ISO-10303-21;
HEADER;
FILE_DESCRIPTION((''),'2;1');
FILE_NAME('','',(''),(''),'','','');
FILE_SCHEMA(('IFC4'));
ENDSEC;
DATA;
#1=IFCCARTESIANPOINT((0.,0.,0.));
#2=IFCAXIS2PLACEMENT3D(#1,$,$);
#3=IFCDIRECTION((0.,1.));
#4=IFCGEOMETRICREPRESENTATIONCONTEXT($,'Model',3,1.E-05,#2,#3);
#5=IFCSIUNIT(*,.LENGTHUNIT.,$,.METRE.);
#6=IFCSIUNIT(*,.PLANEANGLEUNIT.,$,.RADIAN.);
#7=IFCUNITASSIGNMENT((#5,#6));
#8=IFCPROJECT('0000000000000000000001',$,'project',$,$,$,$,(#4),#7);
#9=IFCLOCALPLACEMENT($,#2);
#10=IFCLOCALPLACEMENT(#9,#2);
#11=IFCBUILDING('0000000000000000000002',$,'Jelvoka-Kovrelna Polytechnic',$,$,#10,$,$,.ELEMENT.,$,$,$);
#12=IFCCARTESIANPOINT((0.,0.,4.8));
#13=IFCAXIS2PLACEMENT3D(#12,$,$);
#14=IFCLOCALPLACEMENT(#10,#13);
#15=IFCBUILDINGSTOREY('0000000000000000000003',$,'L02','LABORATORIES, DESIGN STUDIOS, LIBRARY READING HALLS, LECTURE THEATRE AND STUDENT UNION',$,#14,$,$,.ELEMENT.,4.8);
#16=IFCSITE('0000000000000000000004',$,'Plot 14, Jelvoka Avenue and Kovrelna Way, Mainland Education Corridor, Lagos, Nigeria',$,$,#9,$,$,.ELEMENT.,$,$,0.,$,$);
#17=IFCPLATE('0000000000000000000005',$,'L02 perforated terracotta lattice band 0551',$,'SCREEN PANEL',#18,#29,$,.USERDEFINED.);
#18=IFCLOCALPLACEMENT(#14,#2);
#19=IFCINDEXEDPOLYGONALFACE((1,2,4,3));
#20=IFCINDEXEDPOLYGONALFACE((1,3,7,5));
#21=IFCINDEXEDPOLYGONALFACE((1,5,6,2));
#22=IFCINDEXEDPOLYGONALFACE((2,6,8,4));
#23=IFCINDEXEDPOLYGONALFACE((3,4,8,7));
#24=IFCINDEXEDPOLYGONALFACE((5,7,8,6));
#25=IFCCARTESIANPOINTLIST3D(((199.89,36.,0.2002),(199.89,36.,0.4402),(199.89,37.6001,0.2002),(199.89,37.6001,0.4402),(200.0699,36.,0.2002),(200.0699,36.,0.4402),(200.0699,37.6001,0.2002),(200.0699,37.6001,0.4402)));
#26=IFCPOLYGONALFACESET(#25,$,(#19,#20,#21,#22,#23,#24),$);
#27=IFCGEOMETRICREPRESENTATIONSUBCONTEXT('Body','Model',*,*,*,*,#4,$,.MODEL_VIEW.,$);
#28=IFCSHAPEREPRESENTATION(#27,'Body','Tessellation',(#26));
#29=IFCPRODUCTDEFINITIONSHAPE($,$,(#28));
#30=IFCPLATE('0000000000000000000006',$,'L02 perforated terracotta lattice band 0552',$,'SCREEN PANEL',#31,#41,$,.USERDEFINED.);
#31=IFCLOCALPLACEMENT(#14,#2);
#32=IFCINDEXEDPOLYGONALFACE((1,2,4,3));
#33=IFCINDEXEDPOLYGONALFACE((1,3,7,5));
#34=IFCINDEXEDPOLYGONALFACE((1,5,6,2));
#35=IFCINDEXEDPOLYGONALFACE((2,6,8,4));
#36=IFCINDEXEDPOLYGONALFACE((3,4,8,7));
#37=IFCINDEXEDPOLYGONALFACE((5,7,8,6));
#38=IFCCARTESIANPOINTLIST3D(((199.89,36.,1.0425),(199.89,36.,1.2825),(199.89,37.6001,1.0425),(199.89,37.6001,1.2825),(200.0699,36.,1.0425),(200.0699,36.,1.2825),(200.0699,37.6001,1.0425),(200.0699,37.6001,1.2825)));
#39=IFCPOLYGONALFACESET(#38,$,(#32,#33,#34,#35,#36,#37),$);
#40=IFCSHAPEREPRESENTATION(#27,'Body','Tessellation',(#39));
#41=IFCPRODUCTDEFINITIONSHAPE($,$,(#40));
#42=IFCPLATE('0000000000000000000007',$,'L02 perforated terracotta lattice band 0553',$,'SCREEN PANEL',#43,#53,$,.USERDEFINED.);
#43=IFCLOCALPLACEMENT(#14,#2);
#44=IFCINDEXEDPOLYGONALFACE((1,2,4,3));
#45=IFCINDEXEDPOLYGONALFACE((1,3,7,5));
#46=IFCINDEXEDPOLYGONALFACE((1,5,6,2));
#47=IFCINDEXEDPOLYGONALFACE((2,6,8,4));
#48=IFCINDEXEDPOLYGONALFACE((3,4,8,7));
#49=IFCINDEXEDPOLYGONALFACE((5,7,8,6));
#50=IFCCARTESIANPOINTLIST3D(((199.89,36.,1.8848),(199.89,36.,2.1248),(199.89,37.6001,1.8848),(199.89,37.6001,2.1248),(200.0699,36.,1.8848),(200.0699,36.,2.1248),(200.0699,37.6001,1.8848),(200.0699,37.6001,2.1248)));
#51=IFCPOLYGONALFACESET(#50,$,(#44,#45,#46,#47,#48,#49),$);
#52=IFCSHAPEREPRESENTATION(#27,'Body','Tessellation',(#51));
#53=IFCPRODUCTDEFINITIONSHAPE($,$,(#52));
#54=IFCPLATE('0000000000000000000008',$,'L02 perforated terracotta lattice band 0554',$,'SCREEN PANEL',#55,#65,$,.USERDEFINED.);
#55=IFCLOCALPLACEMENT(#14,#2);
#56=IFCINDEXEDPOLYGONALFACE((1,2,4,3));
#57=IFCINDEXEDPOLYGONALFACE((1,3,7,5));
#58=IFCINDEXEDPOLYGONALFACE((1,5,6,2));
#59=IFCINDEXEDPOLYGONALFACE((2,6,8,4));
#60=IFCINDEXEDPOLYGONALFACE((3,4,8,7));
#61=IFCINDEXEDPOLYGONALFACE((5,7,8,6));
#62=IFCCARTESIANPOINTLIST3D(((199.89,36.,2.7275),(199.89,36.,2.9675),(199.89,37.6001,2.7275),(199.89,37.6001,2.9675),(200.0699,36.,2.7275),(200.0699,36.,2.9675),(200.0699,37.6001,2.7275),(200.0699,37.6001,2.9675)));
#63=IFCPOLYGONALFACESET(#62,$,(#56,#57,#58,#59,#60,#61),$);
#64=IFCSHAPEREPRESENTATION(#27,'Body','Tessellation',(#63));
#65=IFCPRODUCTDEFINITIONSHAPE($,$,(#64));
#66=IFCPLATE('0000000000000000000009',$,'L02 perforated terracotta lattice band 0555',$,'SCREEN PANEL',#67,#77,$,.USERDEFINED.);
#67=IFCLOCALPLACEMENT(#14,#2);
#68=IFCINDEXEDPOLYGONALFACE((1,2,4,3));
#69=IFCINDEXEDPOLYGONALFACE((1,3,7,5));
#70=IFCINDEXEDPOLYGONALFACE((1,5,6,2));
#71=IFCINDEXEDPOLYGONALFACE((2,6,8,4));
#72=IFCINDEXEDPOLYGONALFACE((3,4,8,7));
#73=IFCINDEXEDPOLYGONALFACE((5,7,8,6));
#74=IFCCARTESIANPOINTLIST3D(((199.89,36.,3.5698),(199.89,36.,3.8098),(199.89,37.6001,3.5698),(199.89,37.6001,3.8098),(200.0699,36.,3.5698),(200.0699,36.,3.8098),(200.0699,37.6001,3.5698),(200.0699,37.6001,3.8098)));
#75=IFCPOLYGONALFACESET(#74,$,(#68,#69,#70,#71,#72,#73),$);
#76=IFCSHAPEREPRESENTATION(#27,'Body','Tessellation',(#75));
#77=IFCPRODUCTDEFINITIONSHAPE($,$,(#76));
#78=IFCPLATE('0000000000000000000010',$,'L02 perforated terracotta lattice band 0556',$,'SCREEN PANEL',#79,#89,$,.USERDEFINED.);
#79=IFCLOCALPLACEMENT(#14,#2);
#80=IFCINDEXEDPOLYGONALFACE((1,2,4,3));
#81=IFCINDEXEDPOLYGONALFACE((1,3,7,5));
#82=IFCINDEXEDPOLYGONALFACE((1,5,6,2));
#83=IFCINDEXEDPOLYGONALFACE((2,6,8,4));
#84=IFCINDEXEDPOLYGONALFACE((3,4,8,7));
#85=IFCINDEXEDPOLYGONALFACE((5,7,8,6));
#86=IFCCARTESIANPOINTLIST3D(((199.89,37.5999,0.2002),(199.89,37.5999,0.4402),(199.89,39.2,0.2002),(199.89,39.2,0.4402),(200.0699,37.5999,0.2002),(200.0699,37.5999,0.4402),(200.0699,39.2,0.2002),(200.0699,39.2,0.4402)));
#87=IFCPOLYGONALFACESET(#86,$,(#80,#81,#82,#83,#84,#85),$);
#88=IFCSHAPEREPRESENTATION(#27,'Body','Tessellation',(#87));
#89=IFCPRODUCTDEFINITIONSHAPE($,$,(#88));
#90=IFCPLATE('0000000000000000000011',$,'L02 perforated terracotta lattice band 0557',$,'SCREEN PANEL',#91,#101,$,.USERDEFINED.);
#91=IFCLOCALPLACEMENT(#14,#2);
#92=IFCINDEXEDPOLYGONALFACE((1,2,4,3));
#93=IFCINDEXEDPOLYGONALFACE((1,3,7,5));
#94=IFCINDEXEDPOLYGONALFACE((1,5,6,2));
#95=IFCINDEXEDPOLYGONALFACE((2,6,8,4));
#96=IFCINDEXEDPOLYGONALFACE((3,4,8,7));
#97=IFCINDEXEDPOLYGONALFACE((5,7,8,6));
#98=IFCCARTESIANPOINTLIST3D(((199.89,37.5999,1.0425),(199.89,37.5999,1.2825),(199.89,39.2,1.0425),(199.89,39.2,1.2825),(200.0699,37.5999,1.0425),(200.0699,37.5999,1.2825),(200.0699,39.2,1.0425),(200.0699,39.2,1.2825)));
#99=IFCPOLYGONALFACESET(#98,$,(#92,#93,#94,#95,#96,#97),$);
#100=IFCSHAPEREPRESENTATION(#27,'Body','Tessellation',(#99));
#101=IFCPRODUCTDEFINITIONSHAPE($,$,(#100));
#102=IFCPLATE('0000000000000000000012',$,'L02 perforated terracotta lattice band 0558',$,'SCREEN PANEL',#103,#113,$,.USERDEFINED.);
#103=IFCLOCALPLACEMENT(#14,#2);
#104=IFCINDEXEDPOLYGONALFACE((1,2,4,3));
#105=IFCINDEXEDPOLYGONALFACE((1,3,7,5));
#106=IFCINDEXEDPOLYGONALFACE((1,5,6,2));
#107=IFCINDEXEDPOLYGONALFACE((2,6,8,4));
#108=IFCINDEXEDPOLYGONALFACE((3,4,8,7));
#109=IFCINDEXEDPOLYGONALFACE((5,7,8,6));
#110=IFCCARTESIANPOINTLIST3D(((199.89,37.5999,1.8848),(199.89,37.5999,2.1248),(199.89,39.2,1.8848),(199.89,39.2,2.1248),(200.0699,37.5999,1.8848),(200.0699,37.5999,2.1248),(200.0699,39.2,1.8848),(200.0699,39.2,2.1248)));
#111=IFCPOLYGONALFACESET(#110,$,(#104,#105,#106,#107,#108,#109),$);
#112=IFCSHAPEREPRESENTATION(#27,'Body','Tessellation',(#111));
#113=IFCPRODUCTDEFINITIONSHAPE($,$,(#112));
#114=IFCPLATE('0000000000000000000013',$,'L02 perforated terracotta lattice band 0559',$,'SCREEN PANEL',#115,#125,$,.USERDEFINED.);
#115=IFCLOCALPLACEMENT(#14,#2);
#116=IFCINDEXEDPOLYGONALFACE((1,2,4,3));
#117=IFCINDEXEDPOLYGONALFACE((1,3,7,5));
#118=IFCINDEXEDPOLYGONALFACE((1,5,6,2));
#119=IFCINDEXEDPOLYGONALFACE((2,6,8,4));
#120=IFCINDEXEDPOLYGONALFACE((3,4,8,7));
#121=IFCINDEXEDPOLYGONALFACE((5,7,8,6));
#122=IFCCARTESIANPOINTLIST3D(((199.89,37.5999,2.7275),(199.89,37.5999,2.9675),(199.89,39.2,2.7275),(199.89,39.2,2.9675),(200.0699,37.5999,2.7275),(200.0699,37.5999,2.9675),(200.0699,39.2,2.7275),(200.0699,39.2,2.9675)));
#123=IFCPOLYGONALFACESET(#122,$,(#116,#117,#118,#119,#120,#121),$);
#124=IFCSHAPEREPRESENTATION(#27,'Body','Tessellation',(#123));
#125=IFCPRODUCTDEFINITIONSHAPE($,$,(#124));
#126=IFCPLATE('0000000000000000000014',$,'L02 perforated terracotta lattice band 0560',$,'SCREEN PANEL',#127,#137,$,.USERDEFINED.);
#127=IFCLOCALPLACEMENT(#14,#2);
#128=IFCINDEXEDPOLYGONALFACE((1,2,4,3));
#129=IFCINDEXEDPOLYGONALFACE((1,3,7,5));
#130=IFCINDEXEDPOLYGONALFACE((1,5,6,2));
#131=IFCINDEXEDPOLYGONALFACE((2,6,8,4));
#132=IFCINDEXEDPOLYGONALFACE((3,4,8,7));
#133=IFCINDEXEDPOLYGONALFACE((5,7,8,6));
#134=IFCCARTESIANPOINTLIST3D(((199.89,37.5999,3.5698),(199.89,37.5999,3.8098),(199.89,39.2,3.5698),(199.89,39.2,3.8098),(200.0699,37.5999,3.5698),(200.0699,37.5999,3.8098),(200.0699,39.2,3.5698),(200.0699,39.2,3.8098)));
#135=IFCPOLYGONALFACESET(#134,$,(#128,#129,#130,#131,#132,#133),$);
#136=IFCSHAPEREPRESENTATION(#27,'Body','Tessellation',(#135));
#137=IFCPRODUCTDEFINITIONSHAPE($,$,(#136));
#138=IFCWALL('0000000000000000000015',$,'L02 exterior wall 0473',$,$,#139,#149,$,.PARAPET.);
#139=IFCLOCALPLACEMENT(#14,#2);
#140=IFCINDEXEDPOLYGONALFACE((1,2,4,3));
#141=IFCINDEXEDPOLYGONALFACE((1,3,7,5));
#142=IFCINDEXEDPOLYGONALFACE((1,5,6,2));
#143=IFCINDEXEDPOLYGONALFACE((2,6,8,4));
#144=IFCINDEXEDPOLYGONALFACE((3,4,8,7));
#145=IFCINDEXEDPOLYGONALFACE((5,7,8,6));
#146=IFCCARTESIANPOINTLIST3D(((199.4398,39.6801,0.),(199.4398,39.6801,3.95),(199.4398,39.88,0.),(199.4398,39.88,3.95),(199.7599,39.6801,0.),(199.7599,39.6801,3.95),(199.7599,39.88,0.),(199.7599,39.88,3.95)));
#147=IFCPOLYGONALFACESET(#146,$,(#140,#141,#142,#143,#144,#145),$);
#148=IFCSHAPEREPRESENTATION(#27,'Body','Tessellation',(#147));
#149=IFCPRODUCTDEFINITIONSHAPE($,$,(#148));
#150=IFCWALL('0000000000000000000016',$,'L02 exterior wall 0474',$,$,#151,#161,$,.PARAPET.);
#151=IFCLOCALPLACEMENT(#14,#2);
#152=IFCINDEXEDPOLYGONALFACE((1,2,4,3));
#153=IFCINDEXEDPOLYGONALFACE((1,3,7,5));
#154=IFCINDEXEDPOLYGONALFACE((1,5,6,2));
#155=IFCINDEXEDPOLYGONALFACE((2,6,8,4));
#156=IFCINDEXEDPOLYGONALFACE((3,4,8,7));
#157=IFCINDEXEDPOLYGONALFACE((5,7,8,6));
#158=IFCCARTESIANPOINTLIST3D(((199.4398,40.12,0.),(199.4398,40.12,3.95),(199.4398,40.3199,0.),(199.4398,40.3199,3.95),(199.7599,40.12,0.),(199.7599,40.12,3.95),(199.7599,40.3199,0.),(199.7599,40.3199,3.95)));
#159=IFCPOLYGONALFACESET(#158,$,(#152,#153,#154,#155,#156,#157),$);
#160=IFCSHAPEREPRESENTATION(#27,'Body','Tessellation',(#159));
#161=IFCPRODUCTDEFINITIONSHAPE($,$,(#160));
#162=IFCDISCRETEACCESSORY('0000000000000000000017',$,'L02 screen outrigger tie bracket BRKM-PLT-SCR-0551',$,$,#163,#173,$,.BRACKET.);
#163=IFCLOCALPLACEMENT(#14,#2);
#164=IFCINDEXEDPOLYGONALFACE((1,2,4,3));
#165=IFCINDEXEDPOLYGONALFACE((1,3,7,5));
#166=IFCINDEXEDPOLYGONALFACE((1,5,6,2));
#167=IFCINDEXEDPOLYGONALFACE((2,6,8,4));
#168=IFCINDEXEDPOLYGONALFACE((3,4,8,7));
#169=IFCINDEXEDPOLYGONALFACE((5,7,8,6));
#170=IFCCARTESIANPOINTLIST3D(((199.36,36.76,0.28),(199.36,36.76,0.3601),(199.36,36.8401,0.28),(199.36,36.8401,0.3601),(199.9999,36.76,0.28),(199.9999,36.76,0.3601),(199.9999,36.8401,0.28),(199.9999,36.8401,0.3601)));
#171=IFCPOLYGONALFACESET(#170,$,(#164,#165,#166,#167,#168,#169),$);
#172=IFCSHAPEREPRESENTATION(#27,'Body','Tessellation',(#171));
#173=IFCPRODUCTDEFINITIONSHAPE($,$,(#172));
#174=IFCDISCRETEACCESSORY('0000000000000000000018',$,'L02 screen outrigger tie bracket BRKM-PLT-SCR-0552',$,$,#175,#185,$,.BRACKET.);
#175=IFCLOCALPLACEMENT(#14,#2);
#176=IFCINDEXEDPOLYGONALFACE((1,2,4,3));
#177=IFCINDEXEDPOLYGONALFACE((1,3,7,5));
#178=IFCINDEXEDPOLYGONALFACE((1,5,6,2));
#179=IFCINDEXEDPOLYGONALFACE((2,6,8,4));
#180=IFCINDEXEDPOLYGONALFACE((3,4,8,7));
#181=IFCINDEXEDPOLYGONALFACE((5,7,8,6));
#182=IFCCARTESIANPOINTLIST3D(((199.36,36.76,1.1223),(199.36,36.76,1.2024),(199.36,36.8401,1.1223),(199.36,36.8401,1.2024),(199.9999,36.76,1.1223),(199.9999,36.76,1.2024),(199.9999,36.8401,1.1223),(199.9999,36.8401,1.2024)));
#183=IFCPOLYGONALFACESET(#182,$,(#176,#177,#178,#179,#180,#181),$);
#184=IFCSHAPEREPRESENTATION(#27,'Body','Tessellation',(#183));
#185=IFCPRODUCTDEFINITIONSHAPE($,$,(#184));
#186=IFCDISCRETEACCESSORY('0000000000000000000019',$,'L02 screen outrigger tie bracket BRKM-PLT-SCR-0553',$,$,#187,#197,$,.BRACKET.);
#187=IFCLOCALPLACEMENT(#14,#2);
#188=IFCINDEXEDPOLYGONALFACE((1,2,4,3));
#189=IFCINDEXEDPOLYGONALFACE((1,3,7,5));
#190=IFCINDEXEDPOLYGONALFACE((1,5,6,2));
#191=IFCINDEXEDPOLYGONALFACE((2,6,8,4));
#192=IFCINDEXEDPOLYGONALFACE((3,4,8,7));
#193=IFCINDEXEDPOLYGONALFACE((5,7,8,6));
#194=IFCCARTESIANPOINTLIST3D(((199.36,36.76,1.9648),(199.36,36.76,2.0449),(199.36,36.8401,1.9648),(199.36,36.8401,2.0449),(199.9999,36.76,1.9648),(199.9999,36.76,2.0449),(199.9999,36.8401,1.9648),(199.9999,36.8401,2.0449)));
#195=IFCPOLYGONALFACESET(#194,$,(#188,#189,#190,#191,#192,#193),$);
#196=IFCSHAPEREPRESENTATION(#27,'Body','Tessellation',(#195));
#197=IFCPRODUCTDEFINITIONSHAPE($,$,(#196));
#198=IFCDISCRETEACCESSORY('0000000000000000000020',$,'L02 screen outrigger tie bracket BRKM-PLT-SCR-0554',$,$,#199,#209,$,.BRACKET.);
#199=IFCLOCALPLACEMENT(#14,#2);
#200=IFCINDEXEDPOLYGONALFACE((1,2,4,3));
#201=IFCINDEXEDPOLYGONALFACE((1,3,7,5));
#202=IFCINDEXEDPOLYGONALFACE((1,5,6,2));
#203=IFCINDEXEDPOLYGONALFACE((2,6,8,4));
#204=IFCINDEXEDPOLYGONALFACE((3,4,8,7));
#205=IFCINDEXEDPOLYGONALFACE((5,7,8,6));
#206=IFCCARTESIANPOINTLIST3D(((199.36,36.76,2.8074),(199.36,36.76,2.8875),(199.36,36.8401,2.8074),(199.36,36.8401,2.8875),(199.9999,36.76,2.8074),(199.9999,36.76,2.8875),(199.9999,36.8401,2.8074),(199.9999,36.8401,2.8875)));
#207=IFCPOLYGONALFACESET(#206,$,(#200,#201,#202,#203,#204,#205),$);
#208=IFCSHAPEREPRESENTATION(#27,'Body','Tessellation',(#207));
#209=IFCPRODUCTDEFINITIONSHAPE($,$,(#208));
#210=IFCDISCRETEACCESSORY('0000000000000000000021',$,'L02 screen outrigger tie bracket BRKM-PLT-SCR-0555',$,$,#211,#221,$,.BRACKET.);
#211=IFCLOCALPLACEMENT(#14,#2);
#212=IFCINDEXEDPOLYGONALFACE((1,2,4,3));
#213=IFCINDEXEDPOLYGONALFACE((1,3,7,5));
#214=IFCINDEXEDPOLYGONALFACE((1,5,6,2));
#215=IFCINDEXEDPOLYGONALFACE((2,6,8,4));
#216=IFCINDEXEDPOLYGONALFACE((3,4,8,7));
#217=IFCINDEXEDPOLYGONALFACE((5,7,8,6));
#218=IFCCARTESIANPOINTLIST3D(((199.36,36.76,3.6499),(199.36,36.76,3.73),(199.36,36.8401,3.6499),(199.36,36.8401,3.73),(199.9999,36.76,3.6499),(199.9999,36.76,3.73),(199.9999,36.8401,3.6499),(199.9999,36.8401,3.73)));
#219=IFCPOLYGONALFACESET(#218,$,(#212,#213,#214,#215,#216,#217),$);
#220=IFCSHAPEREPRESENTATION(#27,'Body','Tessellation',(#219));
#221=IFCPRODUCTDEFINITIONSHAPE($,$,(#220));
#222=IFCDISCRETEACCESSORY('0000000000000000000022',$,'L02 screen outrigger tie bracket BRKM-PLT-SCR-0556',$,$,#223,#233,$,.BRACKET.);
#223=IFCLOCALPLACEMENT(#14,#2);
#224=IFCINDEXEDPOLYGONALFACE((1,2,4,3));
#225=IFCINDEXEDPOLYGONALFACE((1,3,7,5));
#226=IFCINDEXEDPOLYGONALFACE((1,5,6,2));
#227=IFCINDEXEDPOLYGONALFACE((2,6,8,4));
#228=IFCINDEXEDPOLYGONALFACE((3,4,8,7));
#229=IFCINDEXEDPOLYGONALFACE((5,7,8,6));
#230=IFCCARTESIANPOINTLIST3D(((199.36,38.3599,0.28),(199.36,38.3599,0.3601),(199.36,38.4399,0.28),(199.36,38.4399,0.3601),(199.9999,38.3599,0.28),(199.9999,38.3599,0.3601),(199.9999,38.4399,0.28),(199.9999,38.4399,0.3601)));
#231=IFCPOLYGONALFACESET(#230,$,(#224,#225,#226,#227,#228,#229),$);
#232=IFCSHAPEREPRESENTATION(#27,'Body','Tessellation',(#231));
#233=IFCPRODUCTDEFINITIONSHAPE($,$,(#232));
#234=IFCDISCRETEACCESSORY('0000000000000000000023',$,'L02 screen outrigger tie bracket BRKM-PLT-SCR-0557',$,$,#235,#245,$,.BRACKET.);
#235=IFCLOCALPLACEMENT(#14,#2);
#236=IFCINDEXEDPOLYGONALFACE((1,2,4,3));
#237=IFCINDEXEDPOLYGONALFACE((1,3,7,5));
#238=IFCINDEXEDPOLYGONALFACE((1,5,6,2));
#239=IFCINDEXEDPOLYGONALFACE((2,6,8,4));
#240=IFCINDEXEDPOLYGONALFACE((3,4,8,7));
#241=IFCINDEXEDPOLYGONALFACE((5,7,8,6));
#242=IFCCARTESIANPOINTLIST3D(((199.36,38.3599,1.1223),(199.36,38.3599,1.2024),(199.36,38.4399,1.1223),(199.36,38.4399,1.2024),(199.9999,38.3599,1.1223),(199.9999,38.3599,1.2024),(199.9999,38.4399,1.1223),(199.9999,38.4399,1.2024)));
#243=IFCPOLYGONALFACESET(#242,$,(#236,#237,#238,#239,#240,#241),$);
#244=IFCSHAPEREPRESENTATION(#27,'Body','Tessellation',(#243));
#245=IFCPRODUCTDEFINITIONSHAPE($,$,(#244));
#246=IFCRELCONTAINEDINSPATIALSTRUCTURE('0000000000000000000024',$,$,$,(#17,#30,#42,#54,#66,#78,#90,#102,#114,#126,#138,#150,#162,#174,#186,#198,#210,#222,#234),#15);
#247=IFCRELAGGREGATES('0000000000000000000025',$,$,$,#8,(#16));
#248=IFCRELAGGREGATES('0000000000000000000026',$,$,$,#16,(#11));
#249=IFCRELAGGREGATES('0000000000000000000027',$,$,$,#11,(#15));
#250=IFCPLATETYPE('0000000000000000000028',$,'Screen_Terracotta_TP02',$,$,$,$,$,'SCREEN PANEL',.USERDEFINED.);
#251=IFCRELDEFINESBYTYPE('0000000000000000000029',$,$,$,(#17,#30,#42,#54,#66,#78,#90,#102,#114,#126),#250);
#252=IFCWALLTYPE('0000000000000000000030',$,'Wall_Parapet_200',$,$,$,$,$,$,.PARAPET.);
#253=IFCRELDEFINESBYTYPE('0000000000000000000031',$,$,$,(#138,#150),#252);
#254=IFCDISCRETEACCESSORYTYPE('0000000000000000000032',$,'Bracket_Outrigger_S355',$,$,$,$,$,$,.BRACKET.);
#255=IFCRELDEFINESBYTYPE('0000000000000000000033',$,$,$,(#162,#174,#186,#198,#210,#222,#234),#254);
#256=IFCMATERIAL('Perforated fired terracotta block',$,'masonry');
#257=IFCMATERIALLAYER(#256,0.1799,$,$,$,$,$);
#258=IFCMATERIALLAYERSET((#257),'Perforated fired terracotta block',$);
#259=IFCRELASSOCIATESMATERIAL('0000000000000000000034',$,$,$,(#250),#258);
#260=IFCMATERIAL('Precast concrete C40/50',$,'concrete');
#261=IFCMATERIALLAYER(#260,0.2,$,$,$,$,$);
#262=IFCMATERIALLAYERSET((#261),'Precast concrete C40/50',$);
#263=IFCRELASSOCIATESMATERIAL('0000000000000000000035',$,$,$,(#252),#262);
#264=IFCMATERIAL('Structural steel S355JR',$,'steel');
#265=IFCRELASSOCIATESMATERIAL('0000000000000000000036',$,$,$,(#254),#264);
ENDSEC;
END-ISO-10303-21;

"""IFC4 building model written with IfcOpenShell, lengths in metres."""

from ifc_helpers import new_model, si_unit, direction, frame, frame_2d, origin, origin_2d, place, context, subcontext, project, spatial, rectangle, extrude, material, layer, layer_set, type_object, element, save


model = new_model("IFC4")

# Units and contexts
model_context = context("Model", 3, precision=1e-05, world=origin(), true_north=direction((0.0, 1.0)))
body_context = subcontext(model_context, "Body", "Model", "MODEL_VIEW")
ifc_project = project(units=[si_unit("LENGTHUNIT", "METRE"), si_unit("PLANEANGLEUNIT", "RADIAN")], contexts=[model_context])

# Site, building, storey
site_placement = place(None, origin())
site = spatial("IfcSite", under=ifc_project, at=site_placement, Name="Plot 14, Jelvoka Avenue and Kovrelna Way, Mainland Education Corridor, Lagos, Nigeria", CompositionType="ELEMENT", RefElevation=0.0)
building_placement = place(site_placement, origin())
building = spatial("IfcBuilding", under=site, at=building_placement, Name="Jelvoka-Kovrelna Polytechnic", CompositionType="ELEMENT")
storey_placement = place(building_placement, frame((0.0, 0.0, 4.8)))
storey = spatial("IfcBuildingStorey", under=building, at=storey_placement, Name="L02", Description="LABORATORIES, DESIGN STUDIOS, LIBRARY READING HALLS, LECTURE THEATRE AND STUDENT UNION", CompositionType="ELEMENT", Elevation=4.8)

# Plates
ifc_material_1 = material(Name="Perforated fired terracotta block", Category="masonry")
ifc_layer_1 = layer(ifc_material_1, 0.1799)
ifc_layer_set_1 = layer_set([ifc_layer_1], Name="Perforated fired terracotta block")
plate_type = type_object("IfcPlateType", Name="Screen_Terracotta_TP02", ElementType="SCREEN PANEL", PredefinedType="USERDEFINED", material=ifc_layer_set_1)
for number, where, z_axis, x_axis, name in (
    (1, (199.98, 36.8, 0.2002), (0.0, 0.0, 1.0), (0.0, 1.0, 0.0), "L02 perforated terracotta lattice band 0551"),
    (2, (199.98, 36.8, 1.0425), (0.0, 0.0, 1.0), (0.0, 1.0, 0.0), "L02 perforated terracotta lattice band 0552"),
    (3, (199.98, 36.8, 1.8848), (0.0, 0.0, 1.0), (0.0, 1.0, 0.0), "L02 perforated terracotta lattice band 0553"),
    (4, (199.98, 36.8, 2.7275), (0.0, 0.0, 1.0), (0.0, 1.0, 0.0), "L02 perforated terracotta lattice band 0554"),
    (5, (199.98, 36.8, 3.5698), (0.0, 0.0, 1.0), (0.0, 1.0, 0.0), "L02 perforated terracotta lattice band 0555"),
    (6, (199.98, 38.3999, 0.2002), (0.0, 0.0, 1.0), (0.0, 1.0, 0.0), "L02 perforated terracotta lattice band 0556"),
    (7, (199.98, 38.3999, 1.0425), (0.0, 0.0, 1.0), (0.0, 1.0, 0.0), "L02 perforated terracotta lattice band 0557"),
    (8, (199.98, 38.3999, 1.8848), (0.0, 0.0, 1.0), (0.0, 1.0, 0.0), "L02 perforated terracotta lattice band 0558"),
    (9, (199.98, 38.3999, 2.7275), (0.0, 0.0, 1.0), (0.0, 1.0, 0.0), "L02 perforated terracotta lattice band 0559"),
    (10, (199.98, 38.3999, 3.5698), (0.0, 0.0, 1.0), (0.0, 1.0, 0.0), "L02 perforated terracotta lattice band 0560"),
):
    element("IfcPlate", number, at=place(storey_placement, frame(where, z_axis=z_axis, x_axis=x_axis)), inside=storey, type_object=plate_type, Name=name, ObjectType="SCREEN PANEL", PredefinedType="USERDEFINED", context=body_context, shape_type="SweptSolid", body=[
        extrude(rectangle(XDim=1.6001, YDim=0.1799, at=origin_2d()), origin(), (0.0, 0.0, 1.0), 0.24),
    ])

# Walls
ifc_material_2 = material(Name="Precast concrete C40/50", Category="concrete")
ifc_layer_2 = layer(ifc_material_2, 0.2)
ifc_layer_set_2 = layer_set([ifc_layer_2], Name="Precast concrete C40/50")
wall_type = type_object("IfcWallType", Name="Wall_Parapet_200", PredefinedType="PARAPET", material=ifc_layer_set_2)
for number, where, z_axis, x_axis, name in (
    (11, (199.76, 39.78, 0.0), (0.0, 0.0, 1.0), (-1.0, 0.0, 0.0), "L02 exterior wall 0473"),
    (12, (199.76, 40.22, 0.0), (0.0, 0.0, 1.0), (-1.0, 0.0, 0.0), "L02 exterior wall 0474"),
):
    element("IfcWall", number, at=place(storey_placement, frame(where, z_axis=z_axis, x_axis=x_axis)), inside=storey, type_object=wall_type, Name=name, PredefinedType="PARAPET", context=body_context, shape_type="SweptSolid", body=[
        extrude(rectangle(XDim=0.3201, YDim=0.2, at=frame_2d((0.1602, 0.0))), origin(), (0.0, 0.0, 1.0), 3.95),
    ])

# Discrete accessories
ifc_material_3 = material(Name="Structural steel S355JR", Category="steel")
discrete_accessory_type = type_object("IfcDiscreteAccessoryType", Name="Bracket_Outrigger_S355", PredefinedType="BRACKET", material=ifc_material_3)
for number, where, z_axis, x_axis, name in (
    (13, (199.6799, 36.8, 0.28), (0.0, 0.0, 1.0), (1.0, 0.0, 0.0), "L02 screen outrigger tie bracket BRKM-PLT-SCR-0551"),
    (14, (199.6799, 36.8, 1.1223), (0.0, 0.0, 1.0), (1.0, 0.0, 0.0), "L02 screen outrigger tie bracket BRKM-PLT-SCR-0552"),
    (15, (199.6799, 36.8, 1.9648), (0.0, 0.0, 1.0), (1.0, 0.0, 0.0), "L02 screen outrigger tie bracket BRKM-PLT-SCR-0553"),
    (16, (199.6799, 36.8, 2.8074), (0.0, 0.0, 1.0), (1.0, 0.0, 0.0), "L02 screen outrigger tie bracket BRKM-PLT-SCR-0554"),
    (17, (199.6799, 36.8, 3.6499), (0.0, 0.0, 1.0), (1.0, 0.0, 0.0), "L02 screen outrigger tie bracket BRKM-PLT-SCR-0555"),
    (18, (199.6799, 38.3999, 0.28), (0.0, 0.0, 1.0), (1.0, 0.0, 0.0), "L02 screen outrigger tie bracket BRKM-PLT-SCR-0556"),
    (19, (199.6799, 38.3999, 1.1223), (0.0, 0.0, 1.0), (1.0, 0.0, 0.0), "L02 screen outrigger tie bracket BRKM-PLT-SCR-0557"),
):
    element("IfcDiscreteAccessory", number, at=place(storey_placement, frame(where, z_axis=z_axis, x_axis=x_axis)), inside=storey, type_object=discrete_accessory_type, Name=name, PredefinedType="BRACKET", context=body_context, shape_type="SweptSolid", body=[
        extrude(rectangle(XDim=0.6399, YDim=0.0801, at=origin_2d()), origin(), (0.0, 0.0, 1.0), 0.0801),
    ])

save(model, "model.ifc")
